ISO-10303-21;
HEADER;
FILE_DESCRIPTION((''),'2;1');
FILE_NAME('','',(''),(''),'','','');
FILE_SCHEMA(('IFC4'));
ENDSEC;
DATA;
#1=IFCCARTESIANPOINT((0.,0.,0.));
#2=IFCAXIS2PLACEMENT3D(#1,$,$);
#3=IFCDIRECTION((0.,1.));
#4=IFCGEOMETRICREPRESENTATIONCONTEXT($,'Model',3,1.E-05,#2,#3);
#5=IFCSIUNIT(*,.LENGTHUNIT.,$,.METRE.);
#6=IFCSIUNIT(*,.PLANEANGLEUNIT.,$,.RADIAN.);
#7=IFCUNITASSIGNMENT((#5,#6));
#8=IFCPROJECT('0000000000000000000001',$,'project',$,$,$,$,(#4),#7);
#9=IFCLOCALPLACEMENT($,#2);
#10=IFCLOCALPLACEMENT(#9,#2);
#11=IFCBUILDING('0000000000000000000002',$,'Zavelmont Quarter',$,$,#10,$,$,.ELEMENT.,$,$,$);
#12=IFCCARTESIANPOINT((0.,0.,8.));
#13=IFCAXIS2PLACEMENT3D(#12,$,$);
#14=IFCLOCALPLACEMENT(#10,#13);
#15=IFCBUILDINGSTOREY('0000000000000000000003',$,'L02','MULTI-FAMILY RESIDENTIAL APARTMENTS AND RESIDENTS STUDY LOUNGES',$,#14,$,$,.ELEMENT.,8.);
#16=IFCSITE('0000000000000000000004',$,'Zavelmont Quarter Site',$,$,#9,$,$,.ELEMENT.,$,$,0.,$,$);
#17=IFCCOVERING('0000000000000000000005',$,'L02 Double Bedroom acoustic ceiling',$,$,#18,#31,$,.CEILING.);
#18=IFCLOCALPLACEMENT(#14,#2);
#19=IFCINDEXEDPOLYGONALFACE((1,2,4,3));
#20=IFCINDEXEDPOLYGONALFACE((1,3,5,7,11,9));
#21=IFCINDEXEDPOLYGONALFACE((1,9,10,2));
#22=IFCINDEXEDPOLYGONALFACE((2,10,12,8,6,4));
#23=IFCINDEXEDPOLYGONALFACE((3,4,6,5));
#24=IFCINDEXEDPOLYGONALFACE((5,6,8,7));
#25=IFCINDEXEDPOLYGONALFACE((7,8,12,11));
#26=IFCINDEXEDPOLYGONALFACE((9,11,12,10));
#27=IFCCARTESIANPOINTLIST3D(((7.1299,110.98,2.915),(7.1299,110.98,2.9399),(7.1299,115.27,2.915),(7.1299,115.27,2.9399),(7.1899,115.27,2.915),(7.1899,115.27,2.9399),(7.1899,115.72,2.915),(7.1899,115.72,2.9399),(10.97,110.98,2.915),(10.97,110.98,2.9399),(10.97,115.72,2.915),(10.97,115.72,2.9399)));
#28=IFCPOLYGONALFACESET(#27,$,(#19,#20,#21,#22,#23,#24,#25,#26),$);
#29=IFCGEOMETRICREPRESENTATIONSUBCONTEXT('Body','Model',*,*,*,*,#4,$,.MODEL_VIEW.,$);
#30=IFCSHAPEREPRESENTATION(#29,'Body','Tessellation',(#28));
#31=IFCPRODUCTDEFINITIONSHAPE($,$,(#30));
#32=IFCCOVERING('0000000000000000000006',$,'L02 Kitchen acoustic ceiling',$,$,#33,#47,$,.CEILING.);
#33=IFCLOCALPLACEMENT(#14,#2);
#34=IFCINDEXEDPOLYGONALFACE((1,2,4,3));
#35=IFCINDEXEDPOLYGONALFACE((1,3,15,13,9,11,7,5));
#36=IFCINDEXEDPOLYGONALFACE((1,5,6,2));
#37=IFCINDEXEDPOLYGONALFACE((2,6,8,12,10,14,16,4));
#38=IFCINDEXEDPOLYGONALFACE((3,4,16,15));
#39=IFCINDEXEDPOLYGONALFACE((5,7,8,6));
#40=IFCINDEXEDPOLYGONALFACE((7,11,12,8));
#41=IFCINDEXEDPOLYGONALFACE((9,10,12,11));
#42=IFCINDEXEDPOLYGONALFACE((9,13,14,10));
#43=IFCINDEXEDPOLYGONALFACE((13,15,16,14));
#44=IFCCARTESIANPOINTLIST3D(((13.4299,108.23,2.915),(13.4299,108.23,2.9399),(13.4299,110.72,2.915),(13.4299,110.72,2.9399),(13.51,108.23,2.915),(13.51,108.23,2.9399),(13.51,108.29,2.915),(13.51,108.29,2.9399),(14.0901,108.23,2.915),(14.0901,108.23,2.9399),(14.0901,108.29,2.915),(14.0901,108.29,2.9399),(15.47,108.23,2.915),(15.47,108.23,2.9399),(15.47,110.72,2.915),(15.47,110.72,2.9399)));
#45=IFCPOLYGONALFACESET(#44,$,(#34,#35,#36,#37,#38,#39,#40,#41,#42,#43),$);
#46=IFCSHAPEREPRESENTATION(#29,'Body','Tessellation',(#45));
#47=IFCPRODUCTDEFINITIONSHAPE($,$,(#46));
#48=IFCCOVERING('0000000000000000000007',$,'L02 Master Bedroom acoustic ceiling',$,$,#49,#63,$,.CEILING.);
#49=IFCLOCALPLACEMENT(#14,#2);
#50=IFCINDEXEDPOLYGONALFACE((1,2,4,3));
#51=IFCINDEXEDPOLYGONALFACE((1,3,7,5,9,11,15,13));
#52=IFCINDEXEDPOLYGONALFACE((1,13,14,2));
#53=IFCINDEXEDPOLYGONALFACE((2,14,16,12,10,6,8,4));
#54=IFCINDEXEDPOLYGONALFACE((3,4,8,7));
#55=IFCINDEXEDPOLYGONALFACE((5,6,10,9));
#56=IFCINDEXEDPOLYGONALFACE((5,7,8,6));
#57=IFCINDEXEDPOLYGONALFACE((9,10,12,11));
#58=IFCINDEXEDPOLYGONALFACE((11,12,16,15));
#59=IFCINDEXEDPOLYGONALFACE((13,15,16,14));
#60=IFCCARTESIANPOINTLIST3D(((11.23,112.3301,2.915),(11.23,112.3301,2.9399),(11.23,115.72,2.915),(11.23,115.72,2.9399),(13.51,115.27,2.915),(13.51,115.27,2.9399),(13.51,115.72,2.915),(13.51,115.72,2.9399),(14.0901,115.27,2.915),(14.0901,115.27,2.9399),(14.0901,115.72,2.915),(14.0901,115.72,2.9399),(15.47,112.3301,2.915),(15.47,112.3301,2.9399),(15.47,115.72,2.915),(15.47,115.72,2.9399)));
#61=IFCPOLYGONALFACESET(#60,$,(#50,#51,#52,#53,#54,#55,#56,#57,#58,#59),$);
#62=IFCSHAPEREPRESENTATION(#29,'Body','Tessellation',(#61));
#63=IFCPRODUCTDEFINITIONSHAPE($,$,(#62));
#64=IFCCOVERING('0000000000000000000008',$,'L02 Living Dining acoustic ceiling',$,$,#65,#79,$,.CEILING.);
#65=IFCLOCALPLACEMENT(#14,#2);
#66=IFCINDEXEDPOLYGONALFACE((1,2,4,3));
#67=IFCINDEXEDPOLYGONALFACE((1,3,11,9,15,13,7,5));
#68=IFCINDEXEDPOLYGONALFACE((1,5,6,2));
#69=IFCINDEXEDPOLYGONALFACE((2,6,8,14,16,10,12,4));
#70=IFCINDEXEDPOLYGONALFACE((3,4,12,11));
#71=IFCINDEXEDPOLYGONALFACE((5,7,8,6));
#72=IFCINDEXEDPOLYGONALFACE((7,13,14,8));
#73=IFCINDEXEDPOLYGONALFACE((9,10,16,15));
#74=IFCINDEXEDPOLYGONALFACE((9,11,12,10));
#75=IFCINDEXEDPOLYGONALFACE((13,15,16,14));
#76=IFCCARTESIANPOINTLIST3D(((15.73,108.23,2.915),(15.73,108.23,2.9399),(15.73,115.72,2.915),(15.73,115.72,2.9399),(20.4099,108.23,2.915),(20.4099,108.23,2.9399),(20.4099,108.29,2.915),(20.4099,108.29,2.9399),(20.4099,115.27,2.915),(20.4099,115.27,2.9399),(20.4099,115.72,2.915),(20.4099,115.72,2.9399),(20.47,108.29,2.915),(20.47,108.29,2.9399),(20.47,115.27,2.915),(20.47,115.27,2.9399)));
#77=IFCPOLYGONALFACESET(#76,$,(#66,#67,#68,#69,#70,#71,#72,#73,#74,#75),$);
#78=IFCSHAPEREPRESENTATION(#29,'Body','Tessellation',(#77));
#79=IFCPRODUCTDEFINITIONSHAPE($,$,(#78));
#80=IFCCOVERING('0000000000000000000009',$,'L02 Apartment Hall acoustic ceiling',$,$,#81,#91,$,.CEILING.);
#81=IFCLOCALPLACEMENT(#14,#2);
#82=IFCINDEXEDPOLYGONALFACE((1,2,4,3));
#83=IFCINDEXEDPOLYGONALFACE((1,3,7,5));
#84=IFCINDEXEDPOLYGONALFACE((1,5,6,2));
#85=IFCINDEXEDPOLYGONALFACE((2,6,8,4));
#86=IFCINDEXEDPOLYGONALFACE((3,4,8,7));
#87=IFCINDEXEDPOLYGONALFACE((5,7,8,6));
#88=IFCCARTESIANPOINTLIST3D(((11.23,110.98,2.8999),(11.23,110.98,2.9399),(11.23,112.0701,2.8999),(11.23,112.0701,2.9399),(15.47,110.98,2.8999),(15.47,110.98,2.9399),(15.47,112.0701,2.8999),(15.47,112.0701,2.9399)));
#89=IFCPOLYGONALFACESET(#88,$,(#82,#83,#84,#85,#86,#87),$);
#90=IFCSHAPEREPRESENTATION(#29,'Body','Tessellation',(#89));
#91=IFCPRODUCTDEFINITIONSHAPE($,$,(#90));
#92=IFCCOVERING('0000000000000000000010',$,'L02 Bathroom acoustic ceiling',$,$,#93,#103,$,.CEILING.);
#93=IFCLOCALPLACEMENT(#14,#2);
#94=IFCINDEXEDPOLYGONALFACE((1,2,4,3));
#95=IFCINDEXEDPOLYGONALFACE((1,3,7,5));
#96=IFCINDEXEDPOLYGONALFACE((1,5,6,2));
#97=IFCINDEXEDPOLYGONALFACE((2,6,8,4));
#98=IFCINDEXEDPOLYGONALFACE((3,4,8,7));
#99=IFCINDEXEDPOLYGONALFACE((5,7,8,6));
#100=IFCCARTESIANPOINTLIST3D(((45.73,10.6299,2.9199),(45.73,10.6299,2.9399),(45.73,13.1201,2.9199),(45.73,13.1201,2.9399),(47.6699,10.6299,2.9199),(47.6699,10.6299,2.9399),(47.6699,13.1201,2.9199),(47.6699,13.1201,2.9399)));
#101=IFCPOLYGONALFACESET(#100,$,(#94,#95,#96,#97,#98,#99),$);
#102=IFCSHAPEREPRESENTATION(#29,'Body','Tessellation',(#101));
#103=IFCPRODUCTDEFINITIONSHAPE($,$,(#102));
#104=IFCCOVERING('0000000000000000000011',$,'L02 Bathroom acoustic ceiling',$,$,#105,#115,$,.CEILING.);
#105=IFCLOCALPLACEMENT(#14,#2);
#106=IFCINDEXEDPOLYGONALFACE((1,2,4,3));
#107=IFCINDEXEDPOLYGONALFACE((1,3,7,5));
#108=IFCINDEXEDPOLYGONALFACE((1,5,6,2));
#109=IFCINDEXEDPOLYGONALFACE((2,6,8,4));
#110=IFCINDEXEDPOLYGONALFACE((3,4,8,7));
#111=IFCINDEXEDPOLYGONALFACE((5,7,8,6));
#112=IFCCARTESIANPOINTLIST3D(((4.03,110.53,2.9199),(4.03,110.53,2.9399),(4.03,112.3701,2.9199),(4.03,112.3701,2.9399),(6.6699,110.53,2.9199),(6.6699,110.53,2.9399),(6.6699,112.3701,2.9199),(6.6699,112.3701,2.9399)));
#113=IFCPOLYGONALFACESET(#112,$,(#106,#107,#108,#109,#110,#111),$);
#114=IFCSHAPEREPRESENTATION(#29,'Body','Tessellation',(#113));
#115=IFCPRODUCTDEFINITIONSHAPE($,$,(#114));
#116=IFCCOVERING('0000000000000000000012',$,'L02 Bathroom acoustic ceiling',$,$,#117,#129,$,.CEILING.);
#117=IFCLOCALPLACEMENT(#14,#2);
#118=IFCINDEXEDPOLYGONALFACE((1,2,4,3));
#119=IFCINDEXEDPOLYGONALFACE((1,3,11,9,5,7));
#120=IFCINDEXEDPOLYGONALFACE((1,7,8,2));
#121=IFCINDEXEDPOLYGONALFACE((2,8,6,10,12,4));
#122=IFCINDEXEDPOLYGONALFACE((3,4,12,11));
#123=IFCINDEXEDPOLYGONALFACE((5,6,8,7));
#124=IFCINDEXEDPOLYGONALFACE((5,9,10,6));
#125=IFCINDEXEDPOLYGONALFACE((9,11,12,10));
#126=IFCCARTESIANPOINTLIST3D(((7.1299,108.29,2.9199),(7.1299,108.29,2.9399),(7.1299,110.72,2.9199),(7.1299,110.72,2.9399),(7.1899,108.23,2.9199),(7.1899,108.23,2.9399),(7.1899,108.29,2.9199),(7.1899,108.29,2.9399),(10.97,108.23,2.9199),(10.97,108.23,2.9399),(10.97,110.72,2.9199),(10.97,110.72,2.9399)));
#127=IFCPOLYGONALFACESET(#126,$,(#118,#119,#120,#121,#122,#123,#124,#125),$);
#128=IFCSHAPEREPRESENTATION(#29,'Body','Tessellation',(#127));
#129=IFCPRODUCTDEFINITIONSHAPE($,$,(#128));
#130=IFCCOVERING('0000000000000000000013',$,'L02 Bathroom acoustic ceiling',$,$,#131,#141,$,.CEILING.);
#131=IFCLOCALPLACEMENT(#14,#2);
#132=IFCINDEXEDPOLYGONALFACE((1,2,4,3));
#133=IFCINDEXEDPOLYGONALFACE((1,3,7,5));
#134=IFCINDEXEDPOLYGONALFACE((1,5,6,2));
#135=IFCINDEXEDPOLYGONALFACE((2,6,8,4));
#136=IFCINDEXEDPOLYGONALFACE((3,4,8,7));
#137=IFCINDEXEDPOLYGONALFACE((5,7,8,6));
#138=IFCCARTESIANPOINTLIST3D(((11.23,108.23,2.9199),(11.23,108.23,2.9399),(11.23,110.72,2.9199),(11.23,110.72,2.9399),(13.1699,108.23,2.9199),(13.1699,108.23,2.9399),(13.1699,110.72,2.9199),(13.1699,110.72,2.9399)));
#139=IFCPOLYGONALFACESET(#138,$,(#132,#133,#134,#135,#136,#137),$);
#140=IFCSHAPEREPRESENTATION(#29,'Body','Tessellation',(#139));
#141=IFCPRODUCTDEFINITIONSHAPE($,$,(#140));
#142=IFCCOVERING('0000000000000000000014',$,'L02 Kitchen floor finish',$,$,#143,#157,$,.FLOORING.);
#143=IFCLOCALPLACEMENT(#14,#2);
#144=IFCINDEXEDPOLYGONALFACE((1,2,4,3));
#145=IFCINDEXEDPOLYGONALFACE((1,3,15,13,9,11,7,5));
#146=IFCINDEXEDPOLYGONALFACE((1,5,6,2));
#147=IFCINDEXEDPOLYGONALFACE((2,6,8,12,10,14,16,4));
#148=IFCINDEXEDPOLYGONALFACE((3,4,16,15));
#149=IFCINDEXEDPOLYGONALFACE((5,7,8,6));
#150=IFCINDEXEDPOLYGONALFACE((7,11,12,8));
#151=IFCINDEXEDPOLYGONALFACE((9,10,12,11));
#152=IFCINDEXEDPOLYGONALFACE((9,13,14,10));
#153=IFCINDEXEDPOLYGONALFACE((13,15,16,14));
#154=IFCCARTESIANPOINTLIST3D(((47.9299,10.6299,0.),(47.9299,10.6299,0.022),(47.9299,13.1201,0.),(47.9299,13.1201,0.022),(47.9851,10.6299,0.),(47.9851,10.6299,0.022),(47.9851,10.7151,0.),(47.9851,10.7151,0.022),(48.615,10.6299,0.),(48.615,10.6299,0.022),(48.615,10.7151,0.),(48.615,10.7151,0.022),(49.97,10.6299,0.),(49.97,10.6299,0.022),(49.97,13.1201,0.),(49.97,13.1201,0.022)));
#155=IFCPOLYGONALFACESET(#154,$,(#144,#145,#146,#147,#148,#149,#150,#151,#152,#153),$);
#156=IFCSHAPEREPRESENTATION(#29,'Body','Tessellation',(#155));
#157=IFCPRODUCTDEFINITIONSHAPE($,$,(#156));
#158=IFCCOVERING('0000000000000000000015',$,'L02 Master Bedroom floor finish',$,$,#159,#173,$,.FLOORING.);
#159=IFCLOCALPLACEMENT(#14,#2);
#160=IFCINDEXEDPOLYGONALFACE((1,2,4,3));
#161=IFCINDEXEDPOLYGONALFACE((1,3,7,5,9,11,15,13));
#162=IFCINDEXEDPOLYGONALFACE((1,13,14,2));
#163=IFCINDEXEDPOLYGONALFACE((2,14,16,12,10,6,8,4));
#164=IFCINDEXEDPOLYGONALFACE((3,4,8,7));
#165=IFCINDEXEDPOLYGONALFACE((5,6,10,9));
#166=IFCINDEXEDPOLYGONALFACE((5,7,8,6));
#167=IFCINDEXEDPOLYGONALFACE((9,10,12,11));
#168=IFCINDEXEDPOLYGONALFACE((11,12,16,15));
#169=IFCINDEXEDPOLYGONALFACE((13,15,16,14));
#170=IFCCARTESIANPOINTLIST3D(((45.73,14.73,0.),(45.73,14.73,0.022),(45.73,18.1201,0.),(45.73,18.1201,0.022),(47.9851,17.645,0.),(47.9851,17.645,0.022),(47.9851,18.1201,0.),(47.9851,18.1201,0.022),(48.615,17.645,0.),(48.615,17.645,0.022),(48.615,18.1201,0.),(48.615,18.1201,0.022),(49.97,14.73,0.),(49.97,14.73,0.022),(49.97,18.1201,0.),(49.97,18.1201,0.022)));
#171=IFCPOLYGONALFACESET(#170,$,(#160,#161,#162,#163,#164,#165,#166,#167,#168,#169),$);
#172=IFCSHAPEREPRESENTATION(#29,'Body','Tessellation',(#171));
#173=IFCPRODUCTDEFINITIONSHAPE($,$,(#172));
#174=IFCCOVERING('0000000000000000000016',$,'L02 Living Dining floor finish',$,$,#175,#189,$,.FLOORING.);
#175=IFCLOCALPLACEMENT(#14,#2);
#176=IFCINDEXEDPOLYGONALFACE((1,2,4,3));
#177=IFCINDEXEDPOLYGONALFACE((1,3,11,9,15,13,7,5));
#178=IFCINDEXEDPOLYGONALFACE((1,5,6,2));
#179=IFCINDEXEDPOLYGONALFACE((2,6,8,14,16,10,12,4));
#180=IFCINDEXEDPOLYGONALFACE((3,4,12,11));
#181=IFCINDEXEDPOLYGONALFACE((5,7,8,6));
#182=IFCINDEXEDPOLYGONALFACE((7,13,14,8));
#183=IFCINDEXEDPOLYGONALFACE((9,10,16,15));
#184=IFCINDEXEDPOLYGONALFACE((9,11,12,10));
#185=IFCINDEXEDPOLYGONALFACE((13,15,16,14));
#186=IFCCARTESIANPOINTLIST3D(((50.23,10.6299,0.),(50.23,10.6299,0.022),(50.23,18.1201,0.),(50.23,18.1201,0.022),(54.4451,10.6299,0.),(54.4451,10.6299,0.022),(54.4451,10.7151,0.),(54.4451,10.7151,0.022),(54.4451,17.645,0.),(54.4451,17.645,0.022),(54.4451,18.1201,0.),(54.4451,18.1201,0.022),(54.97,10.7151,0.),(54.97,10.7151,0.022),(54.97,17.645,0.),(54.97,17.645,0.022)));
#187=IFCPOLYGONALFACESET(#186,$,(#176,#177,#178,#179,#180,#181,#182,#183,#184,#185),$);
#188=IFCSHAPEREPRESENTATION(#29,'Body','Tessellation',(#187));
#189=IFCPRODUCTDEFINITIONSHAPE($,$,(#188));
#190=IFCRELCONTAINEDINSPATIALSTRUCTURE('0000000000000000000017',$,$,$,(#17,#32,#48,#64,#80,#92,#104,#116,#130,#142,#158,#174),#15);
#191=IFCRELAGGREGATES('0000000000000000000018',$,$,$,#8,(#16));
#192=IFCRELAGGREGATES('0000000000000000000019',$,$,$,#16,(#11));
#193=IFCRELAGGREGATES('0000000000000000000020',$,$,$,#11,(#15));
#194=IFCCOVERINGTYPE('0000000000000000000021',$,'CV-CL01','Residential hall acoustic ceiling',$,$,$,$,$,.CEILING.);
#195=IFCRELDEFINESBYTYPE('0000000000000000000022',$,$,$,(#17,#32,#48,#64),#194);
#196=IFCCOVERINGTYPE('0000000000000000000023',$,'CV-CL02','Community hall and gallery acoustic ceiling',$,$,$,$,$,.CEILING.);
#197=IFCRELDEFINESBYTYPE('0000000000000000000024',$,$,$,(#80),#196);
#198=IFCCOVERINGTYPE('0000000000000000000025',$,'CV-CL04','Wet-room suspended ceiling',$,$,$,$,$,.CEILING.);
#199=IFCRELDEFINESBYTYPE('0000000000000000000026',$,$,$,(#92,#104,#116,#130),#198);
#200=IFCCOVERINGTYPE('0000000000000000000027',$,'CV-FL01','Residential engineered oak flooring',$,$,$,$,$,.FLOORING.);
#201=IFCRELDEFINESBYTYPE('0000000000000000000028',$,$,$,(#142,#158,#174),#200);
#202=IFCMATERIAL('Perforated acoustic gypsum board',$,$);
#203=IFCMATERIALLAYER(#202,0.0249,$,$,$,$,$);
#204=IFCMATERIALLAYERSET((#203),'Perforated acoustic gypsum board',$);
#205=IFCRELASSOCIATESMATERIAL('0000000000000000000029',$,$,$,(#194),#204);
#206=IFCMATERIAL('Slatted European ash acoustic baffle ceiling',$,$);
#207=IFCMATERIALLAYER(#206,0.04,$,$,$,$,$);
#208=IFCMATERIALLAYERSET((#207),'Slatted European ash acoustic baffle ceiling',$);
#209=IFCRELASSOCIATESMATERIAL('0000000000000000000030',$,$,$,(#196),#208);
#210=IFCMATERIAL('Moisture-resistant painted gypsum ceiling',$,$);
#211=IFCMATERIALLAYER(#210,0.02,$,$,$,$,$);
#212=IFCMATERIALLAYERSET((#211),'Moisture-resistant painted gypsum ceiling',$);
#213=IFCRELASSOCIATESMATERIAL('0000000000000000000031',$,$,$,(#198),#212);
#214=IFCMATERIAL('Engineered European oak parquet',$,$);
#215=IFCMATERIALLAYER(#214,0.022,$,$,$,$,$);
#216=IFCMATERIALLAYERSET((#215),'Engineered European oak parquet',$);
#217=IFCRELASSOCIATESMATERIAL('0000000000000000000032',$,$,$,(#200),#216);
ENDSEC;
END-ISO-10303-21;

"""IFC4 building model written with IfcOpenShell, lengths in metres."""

from ifc_helpers import new_model, si_unit, direction, frame, origin, place, context, subcontext, project, spatial, polyline, outline, extrude, material, layer, layer_set, type_object, element, save


model = new_model("IFC4")

# Units and contexts
model_context = context("Model", 3, precision=1e-05, world=origin(), true_north=direction((0.0, 1.0)))
body_context = subcontext(model_context, "Body", "Model", "MODEL_VIEW")
ifc_project = project(units=[si_unit("LENGTHUNIT", "METRE"), si_unit("PLANEANGLEUNIT", "RADIAN")], contexts=[model_context])

# Site, building, storey
site_placement = place(None, origin())
site = spatial("IfcSite", under=ifc_project, at=site_placement, Name="Zavelmont Quarter Site", CompositionType="ELEMENT", RefElevation=0.0)
building_placement = place(site_placement, origin())
building = spatial("IfcBuilding", under=site, at=building_placement, Name="Zavelmont Quarter", CompositionType="ELEMENT")
storey_placement = place(building_placement, frame((0.0, 0.0, 8.0)))
storey = spatial("IfcBuildingStorey", under=building, at=storey_placement, Name="L02", Description="MULTI-FAMILY RESIDENTIAL APARTMENTS AND RESIDENTS STUDY LOUNGES", CompositionType="ELEMENT", Elevation=8.0)

# Coverings
ifc_material_1 = material(Name="Perforated acoustic gypsum board")
ifc_layer_1 = layer(ifc_material_1, 0.0249)
ifc_layer_set_1 = layer_set([ifc_layer_1], Name="Perforated acoustic gypsum board")
covering_type_1 = type_object("IfcCoveringType", Name="CV-CL01", Description="Residential hall acoustic ceiling", PredefinedType="CEILING", material=ifc_layer_set_1)
covering_1_placement = place(storey_placement, frame((0.0, 0.0, 2.915)))
element("IfcCovering", 1, at=covering_1_placement, inside=storey, type_object=covering_type_1, Name="L02 Double Bedroom acoustic ceiling", PredefinedType="CEILING", context=body_context, shape_type="SweptSolid", body=[
    extrude(outline(polyline([(7.1299, 115.27), (7.1899, 115.27), (7.1899, 115.72), (10.97, 115.72), (10.97, 110.98), (7.1299, 110.98), (7.1299, 115.27)])), origin(), (0.0, 0.0, 1.0), 0.0249),
])
covering_2_placement = place(storey_placement, frame((0.0, 0.0, 2.915)))
element("IfcCovering", 2, at=covering_2_placement, inside=storey, type_object=covering_type_1, Name="L02 Kitchen acoustic ceiling", PredefinedType="CEILING", context=body_context, shape_type="SweptSolid", body=[
    extrude(outline(polyline([(13.4299, 110.72), (15.47, 110.72), (15.47, 108.23), (14.0901, 108.23), (14.0901, 108.29), (13.51, 108.29), (13.51, 108.23), (13.4299, 108.23), (13.4299, 110.72)])), origin(), (0.0, 0.0, 1.0), 0.0249),
])
covering_3_placement = place(storey_placement, frame((0.0, 0.0, 2.915)))
element("IfcCovering", 3, at=covering_3_placement, inside=storey, type_object=covering_type_1, Name="L02 Master Bedroom acoustic ceiling", PredefinedType="CEILING", context=body_context, shape_type="SweptSolid", body=[
    extrude(outline(polyline([(11.23, 115.72), (13.51, 115.72), (13.51, 115.27), (14.0901, 115.27), (14.0901, 115.72), (15.47, 115.72), (15.47, 112.3301), (11.23, 112.3301), (11.23, 115.72)])), origin(), (0.0, 0.0, 1.0), 0.0249),
])
covering_4_placement = place(storey_placement, frame((0.0, 0.0, 2.915)))
element("IfcCovering", 4, at=covering_4_placement, inside=storey, type_object=covering_type_1, Name="L02 Living Dining acoustic ceiling", PredefinedType="CEILING", context=body_context, shape_type="SweptSolid", body=[
    extrude(outline(polyline([(15.73, 115.72), (20.4099, 115.72), (20.4099, 115.27), (20.47, 115.27), (20.47, 108.29), (20.4099, 108.29), (20.4099, 108.23), (15.73, 108.23), (15.73, 115.72)])), origin(), (0.0, 0.0, 1.0), 0.0249),
])
ifc_material_2 = material(Name="Slatted European ash acoustic baffle ceiling")
ifc_layer_2 = layer(ifc_material_2, 0.04)
ifc_layer_set_2 = layer_set([ifc_layer_2], Name="Slatted European ash acoustic baffle ceiling")
covering_type_2 = type_object("IfcCoveringType", Name="CV-CL02", Description="Community hall and gallery acoustic ceiling", PredefinedType="CEILING", material=ifc_layer_set_2)
covering_5_placement = place(storey_placement, frame((0.0, 0.0, 2.8999)))
element("IfcCovering", 5, at=covering_5_placement, inside=storey, type_object=covering_type_2, Name="L02 Apartment Hall acoustic ceiling", PredefinedType="CEILING", context=body_context, shape_type="SweptSolid", body=[
    extrude(outline(polyline([(11.23, 112.0701), (15.47, 112.0701), (15.47, 110.98), (11.23, 110.98), (11.23, 112.0701)])), origin(), (0.0, 0.0, 1.0), 0.04),
])
ifc_material_3 = material(Name="Moisture-resistant painted gypsum ceiling")
ifc_layer_3 = layer(ifc_material_3, 0.02)
ifc_layer_set_3 = layer_set([ifc_layer_3], Name="Moisture-resistant painted gypsum ceiling")
covering_type_3 = type_object("IfcCoveringType", Name="CV-CL04", Description="Wet-room suspended ceiling", PredefinedType="CEILING", material=ifc_layer_set_3)
covering_6_placement = place(storey_placement, frame((0.0, 0.0, 2.9199)))
element("IfcCovering", 6, at=covering_6_placement, inside=storey, type_object=covering_type_3, Name="L02 Bathroom acoustic ceiling", PredefinedType="CEILING", context=body_context, shape_type="SweptSolid", body=[
    extrude(outline(polyline([(45.73, 13.1201), (47.6699, 13.1201), (47.6699, 10.6299), (45.73, 10.6299), (45.73, 13.1201)])), origin(), (0.0, 0.0, 1.0), 0.02),
])
covering_7_placement = place(storey_placement, frame((0.0, 0.0, 2.9199)))
element("IfcCovering", 7, at=covering_7_placement, inside=storey, type_object=covering_type_3, Name="L02 Bathroom acoustic ceiling", PredefinedType="CEILING", context=body_context, shape_type="SweptSolid", body=[
    extrude(outline(polyline([(4.03, 112.3701), (6.6699, 112.3701), (6.6699, 110.53), (4.03, 110.53), (4.03, 112.3701)])), origin(), (0.0, 0.0, 1.0), 0.02),
])
covering_8_placement = place(storey_placement, frame((0.0, 0.0, 2.9199)))
element("IfcCovering", 8, at=covering_8_placement, inside=storey, type_object=covering_type_3, Name="L02 Bathroom acoustic ceiling", PredefinedType="CEILING", context=body_context, shape_type="SweptSolid", body=[
    extrude(outline(polyline([(7.1299, 110.72), (10.97, 110.72), (10.97, 108.23), (7.1899, 108.23), (7.1899, 108.29), (7.1299, 108.29), (7.1299, 110.72)])), origin(), (0.0, 0.0, 1.0), 0.02),
])
covering_9_placement = place(storey_placement, frame((0.0, 0.0, 2.9199)))
element("IfcCovering", 9, at=covering_9_placement, inside=storey, type_object=covering_type_3, Name="L02 Bathroom acoustic ceiling", PredefinedType="CEILING", context=body_context, shape_type="SweptSolid", body=[
    extrude(outline(polyline([(11.23, 110.72), (13.1699, 110.72), (13.1699, 108.23), (11.23, 108.23), (11.23, 110.72)])), origin(), (0.0, 0.0, 1.0), 0.02),
])
ifc_material_4 = material(Name="Engineered European oak parquet")
ifc_layer_4 = layer(ifc_material_4, 0.022)
ifc_layer_set_4 = layer_set([ifc_layer_4], Name="Engineered European oak parquet")
covering_type_4 = type_object("IfcCoveringType", Name="CV-FL01", Description="Residential engineered oak flooring", PredefinedType="FLOORING", material=ifc_layer_set_4)
covering_10_placement = place(storey_placement, origin())
element("IfcCovering", 10, at=covering_10_placement, inside=storey, type_object=covering_type_4, Name="L02 Kitchen floor finish", PredefinedType="FLOORING", context=body_context, shape_type="SweptSolid", body=[
    extrude(outline(polyline([(47.9299, 13.1201), (49.97, 13.1201), (49.97, 10.6299), (48.615, 10.6299), (48.615, 10.7151), (47.9851, 10.7151), (47.9851, 10.6299), (47.9299, 10.6299), (47.9299, 13.1201)])), origin(), (0.0, 0.0, 1.0), 0.022),
])
covering_11_placement = place(storey_placement, origin())
element("IfcCovering", 11, at=covering_11_placement, inside=storey, type_object=covering_type_4, Name="L02 Master Bedroom floor finish", PredefinedType="FLOORING", context=body_context, shape_type="SweptSolid", body=[
    extrude(outline(polyline([(45.73, 18.1201), (47.9851, 18.1201), (47.9851, 17.645), (48.615, 17.645), (48.615, 18.1201), (49.97, 18.1201), (49.97, 14.73), (45.73, 14.73), (45.73, 18.1201)])), origin(), (0.0, 0.0, 1.0), 0.022),
])
covering_12_placement = place(storey_placement, origin())
element("IfcCovering", 12, at=covering_12_placement, inside=storey, type_object=covering_type_4, Name="L02 Living Dining floor finish", PredefinedType="FLOORING", context=body_context, shape_type="SweptSolid", body=[
    extrude(outline(polyline([(50.23, 18.1201), (54.4451, 18.1201), (54.4451, 17.645), (54.97, 17.645), (54.97, 10.7151), (54.4451, 10.7151), (54.4451, 10.6299), (50.23, 10.6299), (50.23, 18.1201)])), origin(), (0.0, 0.0, 1.0), 0.022),
])

save(model, "model.ifc")
